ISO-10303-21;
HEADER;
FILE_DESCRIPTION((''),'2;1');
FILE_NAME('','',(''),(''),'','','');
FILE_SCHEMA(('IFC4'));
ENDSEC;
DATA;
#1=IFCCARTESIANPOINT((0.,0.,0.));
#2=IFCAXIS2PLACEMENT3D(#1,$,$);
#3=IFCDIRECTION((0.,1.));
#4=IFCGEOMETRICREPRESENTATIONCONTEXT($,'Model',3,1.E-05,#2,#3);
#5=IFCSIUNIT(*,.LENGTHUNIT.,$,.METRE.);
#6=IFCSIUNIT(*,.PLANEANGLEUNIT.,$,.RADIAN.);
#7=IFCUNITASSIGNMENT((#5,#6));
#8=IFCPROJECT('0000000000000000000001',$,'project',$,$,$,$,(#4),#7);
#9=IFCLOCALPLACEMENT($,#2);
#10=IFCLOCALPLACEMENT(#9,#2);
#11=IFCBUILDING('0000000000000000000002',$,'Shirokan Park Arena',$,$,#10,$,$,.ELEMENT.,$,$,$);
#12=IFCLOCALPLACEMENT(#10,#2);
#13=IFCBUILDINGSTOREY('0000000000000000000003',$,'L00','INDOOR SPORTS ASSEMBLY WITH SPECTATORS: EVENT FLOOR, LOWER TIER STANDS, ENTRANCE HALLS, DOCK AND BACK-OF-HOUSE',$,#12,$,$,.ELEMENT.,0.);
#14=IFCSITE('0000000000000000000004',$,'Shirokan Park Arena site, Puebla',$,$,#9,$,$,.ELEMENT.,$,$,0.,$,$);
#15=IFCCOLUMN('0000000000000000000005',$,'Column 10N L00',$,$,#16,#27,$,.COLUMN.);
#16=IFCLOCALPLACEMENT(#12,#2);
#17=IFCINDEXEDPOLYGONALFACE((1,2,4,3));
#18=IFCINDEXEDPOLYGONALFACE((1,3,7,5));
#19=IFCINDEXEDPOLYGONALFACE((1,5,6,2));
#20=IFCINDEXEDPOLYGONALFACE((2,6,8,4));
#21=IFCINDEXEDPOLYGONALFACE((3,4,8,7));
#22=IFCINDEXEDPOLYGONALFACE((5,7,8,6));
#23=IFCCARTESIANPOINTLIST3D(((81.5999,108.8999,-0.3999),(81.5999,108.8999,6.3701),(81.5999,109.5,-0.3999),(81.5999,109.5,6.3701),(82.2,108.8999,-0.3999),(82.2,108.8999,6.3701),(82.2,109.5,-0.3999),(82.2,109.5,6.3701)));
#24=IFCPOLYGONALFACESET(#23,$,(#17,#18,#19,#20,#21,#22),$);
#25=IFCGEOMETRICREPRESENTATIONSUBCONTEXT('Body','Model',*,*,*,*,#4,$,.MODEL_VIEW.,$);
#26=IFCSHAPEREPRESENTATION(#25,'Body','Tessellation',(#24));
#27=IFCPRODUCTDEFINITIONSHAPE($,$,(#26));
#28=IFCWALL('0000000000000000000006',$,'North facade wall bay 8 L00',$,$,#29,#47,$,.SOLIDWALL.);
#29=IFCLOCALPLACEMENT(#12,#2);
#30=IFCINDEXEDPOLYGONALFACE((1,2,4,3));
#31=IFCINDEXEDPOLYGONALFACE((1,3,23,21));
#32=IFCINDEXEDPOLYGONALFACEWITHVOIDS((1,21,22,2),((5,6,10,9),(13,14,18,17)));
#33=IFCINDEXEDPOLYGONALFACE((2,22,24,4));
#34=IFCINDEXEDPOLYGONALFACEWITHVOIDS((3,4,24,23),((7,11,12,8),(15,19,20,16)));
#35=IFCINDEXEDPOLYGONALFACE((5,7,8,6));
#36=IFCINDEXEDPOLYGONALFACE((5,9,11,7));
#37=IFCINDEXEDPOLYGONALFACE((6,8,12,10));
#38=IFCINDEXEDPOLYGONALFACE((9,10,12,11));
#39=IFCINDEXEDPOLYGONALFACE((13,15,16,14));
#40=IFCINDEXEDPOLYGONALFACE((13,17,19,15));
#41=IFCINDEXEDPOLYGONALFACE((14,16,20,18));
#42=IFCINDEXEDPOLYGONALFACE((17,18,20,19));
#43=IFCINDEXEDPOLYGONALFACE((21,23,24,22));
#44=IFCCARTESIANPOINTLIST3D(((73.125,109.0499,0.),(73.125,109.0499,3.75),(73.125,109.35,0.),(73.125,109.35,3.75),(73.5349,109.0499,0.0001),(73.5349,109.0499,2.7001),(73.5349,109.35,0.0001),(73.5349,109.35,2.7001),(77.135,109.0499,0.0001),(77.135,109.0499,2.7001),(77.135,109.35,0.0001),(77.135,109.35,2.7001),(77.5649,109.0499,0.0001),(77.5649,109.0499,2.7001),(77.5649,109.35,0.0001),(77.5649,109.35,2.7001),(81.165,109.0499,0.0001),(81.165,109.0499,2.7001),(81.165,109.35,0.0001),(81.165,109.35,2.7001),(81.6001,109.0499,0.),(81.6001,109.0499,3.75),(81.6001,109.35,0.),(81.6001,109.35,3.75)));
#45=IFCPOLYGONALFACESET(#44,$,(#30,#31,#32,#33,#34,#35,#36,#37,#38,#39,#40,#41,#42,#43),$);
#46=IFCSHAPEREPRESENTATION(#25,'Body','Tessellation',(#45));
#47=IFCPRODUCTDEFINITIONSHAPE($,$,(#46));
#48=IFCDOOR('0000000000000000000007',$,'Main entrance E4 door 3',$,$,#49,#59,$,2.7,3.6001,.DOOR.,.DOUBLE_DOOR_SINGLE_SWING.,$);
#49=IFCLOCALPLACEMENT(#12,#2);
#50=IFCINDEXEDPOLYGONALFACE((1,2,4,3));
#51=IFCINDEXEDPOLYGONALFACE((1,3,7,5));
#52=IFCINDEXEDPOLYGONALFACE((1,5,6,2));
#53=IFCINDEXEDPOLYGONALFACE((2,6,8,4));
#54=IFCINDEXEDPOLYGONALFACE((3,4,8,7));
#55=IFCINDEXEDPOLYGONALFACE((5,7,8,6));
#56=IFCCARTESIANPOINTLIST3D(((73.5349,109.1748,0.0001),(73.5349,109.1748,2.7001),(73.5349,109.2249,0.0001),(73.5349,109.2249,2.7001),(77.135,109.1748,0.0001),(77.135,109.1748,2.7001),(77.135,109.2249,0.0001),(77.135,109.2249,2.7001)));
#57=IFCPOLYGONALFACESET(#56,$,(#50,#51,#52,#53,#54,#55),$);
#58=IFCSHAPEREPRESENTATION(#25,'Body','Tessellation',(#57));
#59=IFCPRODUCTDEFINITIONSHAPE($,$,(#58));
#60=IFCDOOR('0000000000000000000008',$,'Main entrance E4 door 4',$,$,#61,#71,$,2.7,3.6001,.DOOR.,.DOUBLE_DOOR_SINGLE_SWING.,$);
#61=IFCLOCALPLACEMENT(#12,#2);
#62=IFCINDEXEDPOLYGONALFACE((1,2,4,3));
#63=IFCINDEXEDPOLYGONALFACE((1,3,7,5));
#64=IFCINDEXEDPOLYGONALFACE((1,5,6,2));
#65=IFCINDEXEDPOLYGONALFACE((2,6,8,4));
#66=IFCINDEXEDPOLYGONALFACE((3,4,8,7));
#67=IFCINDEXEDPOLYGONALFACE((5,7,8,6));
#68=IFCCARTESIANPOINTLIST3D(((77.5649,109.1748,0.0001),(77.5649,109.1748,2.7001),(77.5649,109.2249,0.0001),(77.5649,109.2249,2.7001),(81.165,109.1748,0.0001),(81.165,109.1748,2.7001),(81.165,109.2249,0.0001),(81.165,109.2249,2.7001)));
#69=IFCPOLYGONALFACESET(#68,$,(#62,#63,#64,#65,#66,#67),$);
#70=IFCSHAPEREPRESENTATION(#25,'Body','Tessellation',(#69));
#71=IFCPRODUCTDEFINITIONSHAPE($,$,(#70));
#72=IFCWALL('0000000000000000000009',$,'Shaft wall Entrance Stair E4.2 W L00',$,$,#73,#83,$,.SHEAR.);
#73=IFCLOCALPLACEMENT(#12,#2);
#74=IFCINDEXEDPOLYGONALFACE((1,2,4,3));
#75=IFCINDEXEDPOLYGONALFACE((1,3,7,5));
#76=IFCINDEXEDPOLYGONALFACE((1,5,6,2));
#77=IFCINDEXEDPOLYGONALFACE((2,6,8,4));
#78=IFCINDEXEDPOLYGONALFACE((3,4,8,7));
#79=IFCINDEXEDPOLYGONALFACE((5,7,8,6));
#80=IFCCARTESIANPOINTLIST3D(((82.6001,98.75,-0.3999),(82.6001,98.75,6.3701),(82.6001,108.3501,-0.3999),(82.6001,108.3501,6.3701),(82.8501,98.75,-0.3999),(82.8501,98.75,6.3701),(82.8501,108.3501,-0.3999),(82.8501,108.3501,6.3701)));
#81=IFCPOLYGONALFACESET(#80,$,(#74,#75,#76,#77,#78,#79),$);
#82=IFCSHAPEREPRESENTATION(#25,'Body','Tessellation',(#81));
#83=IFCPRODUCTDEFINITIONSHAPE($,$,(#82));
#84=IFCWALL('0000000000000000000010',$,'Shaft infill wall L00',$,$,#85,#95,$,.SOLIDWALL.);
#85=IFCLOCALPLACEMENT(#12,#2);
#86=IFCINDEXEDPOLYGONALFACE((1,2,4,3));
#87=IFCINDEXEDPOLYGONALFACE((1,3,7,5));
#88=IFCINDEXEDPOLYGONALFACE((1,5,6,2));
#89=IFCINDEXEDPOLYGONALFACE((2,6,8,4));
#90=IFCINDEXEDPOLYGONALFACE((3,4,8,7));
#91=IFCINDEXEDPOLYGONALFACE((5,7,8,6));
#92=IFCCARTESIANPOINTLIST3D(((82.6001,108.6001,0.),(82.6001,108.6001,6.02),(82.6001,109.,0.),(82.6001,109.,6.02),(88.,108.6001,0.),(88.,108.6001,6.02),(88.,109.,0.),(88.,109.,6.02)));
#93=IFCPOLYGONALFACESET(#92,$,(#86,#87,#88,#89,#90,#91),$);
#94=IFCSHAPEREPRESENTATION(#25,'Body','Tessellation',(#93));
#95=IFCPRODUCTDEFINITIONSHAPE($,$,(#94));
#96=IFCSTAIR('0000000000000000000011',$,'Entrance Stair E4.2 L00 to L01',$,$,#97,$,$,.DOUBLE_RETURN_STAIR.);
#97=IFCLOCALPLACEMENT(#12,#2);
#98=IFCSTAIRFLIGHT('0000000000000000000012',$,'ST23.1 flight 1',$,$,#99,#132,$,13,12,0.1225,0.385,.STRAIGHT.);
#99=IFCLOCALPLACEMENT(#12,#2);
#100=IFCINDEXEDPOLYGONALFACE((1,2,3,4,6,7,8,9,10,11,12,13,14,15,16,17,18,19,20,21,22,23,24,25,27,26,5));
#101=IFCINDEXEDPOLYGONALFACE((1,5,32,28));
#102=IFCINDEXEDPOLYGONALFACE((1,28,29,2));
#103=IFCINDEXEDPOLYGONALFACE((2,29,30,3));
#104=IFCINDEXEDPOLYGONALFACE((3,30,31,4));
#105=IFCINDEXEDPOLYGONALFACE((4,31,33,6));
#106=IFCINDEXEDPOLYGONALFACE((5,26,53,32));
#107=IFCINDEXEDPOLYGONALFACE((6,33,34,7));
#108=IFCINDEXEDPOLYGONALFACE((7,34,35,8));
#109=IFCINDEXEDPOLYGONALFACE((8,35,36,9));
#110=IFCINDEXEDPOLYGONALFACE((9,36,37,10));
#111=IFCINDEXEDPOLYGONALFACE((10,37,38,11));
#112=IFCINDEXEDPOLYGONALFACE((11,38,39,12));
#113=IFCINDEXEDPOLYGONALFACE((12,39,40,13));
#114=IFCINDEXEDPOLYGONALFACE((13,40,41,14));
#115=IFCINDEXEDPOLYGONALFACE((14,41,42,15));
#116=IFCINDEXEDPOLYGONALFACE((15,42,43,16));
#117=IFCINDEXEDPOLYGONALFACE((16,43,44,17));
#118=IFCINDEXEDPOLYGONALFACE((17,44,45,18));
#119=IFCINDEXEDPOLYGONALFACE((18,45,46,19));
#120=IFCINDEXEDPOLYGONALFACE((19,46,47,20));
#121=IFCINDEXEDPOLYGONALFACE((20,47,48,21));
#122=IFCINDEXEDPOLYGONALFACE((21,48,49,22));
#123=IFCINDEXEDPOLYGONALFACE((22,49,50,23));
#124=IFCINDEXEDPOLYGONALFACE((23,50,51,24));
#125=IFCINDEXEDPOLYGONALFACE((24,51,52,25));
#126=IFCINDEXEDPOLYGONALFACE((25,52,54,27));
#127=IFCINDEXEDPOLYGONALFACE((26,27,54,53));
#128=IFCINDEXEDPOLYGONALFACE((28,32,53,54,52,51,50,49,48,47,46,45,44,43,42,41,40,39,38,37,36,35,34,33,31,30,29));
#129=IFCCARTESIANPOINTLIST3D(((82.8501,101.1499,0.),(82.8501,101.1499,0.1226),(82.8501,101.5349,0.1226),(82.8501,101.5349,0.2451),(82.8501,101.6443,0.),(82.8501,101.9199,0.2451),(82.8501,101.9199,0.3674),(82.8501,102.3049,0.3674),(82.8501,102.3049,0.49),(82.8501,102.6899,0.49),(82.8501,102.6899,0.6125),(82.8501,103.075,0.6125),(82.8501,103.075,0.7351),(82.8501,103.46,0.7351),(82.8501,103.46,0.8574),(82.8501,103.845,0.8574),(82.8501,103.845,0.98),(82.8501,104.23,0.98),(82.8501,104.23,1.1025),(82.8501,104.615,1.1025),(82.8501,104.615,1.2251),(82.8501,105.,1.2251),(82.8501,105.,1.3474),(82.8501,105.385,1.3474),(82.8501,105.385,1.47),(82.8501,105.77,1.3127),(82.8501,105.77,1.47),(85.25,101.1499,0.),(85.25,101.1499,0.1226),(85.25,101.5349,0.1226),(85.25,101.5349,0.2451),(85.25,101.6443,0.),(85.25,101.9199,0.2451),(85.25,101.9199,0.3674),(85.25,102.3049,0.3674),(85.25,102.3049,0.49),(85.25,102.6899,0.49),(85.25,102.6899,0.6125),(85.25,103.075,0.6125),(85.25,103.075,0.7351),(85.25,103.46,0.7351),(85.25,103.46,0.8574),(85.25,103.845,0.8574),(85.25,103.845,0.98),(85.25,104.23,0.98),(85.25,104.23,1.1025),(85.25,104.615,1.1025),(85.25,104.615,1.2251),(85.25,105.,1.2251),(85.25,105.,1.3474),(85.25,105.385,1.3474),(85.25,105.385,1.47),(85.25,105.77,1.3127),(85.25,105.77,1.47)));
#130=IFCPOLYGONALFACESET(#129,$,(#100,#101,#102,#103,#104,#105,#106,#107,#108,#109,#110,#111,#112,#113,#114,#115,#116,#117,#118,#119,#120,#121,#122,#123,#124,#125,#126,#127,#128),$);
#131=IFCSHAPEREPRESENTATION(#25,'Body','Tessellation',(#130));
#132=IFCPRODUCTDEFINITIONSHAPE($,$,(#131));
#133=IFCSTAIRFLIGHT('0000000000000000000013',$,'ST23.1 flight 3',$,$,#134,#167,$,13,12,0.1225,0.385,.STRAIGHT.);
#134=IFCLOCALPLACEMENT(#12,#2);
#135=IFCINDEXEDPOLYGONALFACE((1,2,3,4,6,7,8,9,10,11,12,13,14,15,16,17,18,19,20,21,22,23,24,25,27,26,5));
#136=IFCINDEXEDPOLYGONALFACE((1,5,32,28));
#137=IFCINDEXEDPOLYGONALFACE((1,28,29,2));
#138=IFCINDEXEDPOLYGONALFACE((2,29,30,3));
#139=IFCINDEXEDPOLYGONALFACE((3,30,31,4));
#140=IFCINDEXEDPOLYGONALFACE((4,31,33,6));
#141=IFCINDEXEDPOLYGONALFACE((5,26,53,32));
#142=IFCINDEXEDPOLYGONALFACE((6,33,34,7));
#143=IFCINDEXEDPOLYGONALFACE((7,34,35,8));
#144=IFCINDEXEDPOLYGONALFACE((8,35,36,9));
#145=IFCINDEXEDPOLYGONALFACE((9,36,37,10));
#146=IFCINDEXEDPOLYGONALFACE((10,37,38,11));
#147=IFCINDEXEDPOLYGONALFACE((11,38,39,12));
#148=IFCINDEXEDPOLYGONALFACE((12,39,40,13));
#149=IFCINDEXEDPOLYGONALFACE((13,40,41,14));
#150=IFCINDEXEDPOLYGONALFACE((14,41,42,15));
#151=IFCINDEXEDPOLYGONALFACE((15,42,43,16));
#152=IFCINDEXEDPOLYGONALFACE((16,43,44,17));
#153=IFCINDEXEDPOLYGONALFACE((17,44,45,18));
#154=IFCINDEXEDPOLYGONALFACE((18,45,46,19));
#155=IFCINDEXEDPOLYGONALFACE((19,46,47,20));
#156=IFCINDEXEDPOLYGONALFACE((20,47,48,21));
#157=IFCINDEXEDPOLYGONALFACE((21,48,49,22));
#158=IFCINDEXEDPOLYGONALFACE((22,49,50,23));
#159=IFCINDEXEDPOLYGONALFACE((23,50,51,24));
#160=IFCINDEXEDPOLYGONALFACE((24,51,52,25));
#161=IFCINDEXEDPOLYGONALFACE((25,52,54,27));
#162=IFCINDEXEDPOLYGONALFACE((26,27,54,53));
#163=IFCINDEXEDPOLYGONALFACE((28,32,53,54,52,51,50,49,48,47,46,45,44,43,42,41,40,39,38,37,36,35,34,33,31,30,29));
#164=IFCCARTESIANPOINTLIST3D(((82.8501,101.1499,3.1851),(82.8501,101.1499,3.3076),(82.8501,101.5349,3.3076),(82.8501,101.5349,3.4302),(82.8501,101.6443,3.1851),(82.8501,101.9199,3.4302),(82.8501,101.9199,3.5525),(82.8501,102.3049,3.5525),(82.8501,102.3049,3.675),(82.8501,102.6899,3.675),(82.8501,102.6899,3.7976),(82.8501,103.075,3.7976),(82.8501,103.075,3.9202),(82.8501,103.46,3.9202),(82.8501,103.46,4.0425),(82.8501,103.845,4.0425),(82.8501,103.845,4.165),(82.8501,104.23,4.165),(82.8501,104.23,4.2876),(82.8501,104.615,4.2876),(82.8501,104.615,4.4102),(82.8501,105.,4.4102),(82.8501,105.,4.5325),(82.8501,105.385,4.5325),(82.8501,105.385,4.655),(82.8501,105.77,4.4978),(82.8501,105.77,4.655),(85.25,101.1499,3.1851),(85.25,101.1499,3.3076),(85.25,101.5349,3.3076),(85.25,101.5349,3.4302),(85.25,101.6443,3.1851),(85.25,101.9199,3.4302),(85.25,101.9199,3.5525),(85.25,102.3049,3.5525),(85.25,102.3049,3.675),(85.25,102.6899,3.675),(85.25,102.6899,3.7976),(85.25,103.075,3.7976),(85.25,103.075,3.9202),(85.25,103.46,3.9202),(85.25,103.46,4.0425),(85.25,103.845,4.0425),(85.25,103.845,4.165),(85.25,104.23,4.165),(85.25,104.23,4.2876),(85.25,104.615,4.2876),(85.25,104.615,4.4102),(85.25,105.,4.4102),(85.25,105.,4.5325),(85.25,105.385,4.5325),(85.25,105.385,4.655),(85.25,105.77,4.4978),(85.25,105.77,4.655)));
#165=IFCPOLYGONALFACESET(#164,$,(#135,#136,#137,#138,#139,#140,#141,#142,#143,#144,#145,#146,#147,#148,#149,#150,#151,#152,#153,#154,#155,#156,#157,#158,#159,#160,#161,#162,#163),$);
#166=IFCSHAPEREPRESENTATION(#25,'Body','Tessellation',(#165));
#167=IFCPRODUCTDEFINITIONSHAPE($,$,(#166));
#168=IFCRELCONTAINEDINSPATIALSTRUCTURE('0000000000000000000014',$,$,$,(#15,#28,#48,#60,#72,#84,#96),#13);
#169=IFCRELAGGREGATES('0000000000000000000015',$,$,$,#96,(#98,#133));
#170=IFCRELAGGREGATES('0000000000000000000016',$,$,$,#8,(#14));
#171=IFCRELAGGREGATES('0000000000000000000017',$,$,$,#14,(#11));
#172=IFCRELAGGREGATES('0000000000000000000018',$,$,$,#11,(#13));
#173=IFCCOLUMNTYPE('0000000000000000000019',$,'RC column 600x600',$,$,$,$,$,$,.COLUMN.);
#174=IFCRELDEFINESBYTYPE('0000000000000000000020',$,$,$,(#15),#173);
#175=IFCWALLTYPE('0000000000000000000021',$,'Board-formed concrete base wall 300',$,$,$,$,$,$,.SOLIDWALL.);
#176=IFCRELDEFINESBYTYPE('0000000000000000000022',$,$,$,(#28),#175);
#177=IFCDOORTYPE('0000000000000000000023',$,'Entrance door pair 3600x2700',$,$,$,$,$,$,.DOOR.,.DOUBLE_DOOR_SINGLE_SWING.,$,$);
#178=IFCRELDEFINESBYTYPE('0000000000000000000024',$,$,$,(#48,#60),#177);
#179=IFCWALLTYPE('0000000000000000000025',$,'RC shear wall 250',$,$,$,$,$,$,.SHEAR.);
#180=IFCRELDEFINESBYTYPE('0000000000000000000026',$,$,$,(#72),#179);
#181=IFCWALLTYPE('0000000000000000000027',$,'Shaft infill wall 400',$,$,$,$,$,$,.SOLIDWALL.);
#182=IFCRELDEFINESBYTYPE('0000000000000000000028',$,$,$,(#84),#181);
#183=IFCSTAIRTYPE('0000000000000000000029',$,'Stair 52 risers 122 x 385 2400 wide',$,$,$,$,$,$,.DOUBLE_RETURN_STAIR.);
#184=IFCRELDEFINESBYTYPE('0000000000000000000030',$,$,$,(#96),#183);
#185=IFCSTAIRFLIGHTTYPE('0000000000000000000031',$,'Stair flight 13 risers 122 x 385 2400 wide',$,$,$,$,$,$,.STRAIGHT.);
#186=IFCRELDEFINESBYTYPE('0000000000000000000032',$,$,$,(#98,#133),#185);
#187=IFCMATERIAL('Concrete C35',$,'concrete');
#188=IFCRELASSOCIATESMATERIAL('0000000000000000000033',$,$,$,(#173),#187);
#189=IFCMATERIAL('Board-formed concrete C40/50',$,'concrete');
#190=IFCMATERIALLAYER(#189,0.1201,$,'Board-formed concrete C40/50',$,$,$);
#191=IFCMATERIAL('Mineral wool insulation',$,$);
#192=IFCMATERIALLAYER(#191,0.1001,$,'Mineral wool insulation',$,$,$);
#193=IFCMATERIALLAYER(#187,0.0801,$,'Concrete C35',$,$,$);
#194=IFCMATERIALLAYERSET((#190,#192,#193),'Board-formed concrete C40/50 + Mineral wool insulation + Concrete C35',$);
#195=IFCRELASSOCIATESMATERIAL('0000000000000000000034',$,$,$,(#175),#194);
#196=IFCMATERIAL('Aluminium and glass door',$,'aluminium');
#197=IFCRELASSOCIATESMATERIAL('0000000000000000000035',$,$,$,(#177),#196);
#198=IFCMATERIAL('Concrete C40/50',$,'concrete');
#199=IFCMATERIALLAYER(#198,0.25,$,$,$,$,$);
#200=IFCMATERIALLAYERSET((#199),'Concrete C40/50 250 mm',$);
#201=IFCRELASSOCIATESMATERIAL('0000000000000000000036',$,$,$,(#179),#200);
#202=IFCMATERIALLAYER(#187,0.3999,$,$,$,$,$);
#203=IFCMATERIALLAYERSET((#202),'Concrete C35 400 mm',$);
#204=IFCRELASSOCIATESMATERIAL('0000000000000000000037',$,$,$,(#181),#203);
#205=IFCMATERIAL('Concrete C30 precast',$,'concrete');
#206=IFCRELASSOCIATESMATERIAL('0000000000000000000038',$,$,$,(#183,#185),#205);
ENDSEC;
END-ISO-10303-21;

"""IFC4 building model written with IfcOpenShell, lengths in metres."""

from ifc_helpers import new_model, si_unit, direction, frame, frame_2d, origin, origin_2d, place, context, subcontext, project, spatial, polyline, rectangle, outline, extrude, material, layer, layer_set, material_profile, profile_set, type_object, element, fill, aggregate, save


model = new_model("IFC4")

# Units and contexts
model_context = context("Model", 3, precision=1e-05, world=origin(), true_north=direction((0.0, 1.0)))
body_context = subcontext(model_context, "Body", "Model", "MODEL_VIEW")
ifc_project = project(units=[si_unit("LENGTHUNIT", "METRE"), si_unit("PLANEANGLEUNIT", "RADIAN")], contexts=[model_context])

# Site, building, storey
site_placement = place(None, origin())
site = spatial("IfcSite", under=ifc_project, at=site_placement, Name="Shirokan Park Arena site, Puebla", CompositionType="ELEMENT", RefElevation=0.0)
building_placement = place(site_placement, origin())
building = spatial("IfcBuilding", under=site, at=building_placement, Name="Shirokan Park Arena", CompositionType="ELEMENT")
storey_placement = place(building_placement, origin())
storey = spatial("IfcBuildingStorey", under=building, at=storey_placement, Name="L00", Description="INDOOR SPORTS ASSEMBLY WITH SPECTATORS: EVENT FLOOR, LOWER TIER STANDS, ENTRANCE HALLS, DOCK AND BACK-OF-HOUSE", CompositionType="ELEMENT", Elevation=0.0)

# Column
ifc_material_1 = material(Name="Concrete C35", Category="concrete")
ifc_material_profile_1 = material_profile(ifc_material_1, rectangle(XDim=0.6001, YDim=0.6001, at=origin_2d()), Name="600x600")
ifc_profile_set_1 = profile_set([ifc_material_profile_1], Name="Concrete C35")
column_type_1 = type_object("IfcColumnType", Name="RC column 600x600", PredefinedType="COLUMN", material=ifc_profile_set_1)
column_1_placement = place(storey_placement, frame((81.8999, 109.2, -0.3999), z_axis=(0.0, 0.0, 1.0), x_axis=(1.0, 0.0, 0.0)))
element("IfcColumn", 1, at=column_1_placement, inside=storey, type_object=column_type_1, Name="Column 10N L00", PredefinedType="COLUMN", context=body_context, shape_type="SweptSolid", body=[
    extrude(rectangle(XDim=0.6001, YDim=0.6001, at=origin_2d()), origin(), (0.0, 0.0, 1.0), 6.77),
])

# Wall, openings, doors
ifc_material_2 = material(Name="Board-formed concrete C40/50", Category="concrete")
ifc_layer_1 = layer(ifc_material_2, 0.1201, Name="Board-formed concrete C40/50")
ifc_material_3 = material(Name="Mineral wool insulation")
ifc_layer_2 = layer(ifc_material_3, 0.1001, Name="Mineral wool insulation")
ifc_layer_3 = layer(ifc_material_1, 0.0801, Name="Concrete C35")
ifc_layer_set_1 = layer_set([ifc_layer_1, ifc_layer_2, ifc_layer_3], Name="Board-formed concrete C40/50 + Mineral wool insulation + Concrete C35")
wall_type_1 = type_object("IfcWallType", Name="Board-formed concrete base wall 300", PredefinedType="SOLIDWALL", material=ifc_layer_set_1)
wall_1_placement = place(storey_placement, frame((81.6001, 109.2, 0.0), z_axis=(0.0, 0.0, 1.0), x_axis=(-1.0, 0.0, 0.0)))
wall_1 = element("IfcWall", 2, at=wall_1_placement, inside=storey, type_object=wall_type_1, Name="North facade wall bay 8 L00", PredefinedType="SOLIDWALL", context=body_context, shape_type="SweptSolid", body=[
    extrude(rectangle(XDim=8.4751, YDim=0.3, at=frame_2d((4.2375, 0.0))), origin(), (0.0, 0.0, 1.0), 3.75),
])
opening_1_placement = place(wall_1_placement, frame((4.4651, 0.0, 0.0)))
opening_1 = element("IfcOpeningElement", 3, at=opening_1_placement, cuts=wall_1, PredefinedType="OPENING", context=body_context, shape_type="SweptSolid", body=[
    extrude(rectangle(XDim=3.6001, YDim=2.7, at=frame_2d((1.8, 1.3501))), frame((0.0, 0.1599, 0.0), z_axis=(0.0, -1.0, 0.0), x_axis=(1.0, 0.0, 0.0)), (0.0, 0.0, 1.0), 0.3201),
])
opening_2_placement = place(wall_1_placement, frame((0.4351, 0.0, 0.0)))
opening_2 = element("IfcOpeningElement", 4, at=opening_2_placement, cuts=wall_1, PredefinedType="OPENING", context=body_context, shape_type="SweptSolid", body=[
    extrude(rectangle(XDim=3.6001, YDim=2.7, at=frame_2d((1.8, 1.3501))), frame((0.0, 0.1599, 0.0), z_axis=(0.0, -1.0, 0.0), x_axis=(1.0, 0.0, 0.0)), (0.0, 0.0, 1.0), 0.3201),
])
ifc_material_4 = material(Name="Aluminium and glass door", Category="aluminium")
door_type = type_object("IfcDoorType", Name="Entrance door pair 3600x2700", OperationType="DOUBLE_DOOR_SINGLE_SWING", PredefinedType="DOOR", material=ifc_material_4)
door_1_placement = place(opening_1_placement, frame((3.6001, 0.0, 0.0), z_axis=(0.0, 0.0, 1.0), x_axis=(-1.0, 0.0, 0.0)))
door_1 = element("IfcDoor", 5, at=door_1_placement, inside=storey, type_object=door_type, Name="Main entrance E4 door 3", OperationType="DOUBLE_DOOR_SINGLE_SWING", OverallHeight=2.7, OverallWidth=3.6001, PredefinedType="DOOR", context=body_context, shape_type="SweptSolid", body=[
    extrude(rectangle(XDim=3.6001, YDim=2.7, at=frame_2d((1.8, 1.3501))), frame((0.0, 0.0249, 0.0), z_axis=(0.0, -1.0, 0.0), x_axis=(1.0, 0.0, 0.0)), (0.0, 0.0, 1.0), 0.05),
])
fill(opening_1, door_1)
door_2_placement = place(opening_2_placement, frame((3.6001, 0.0, 0.0), z_axis=(0.0, 0.0, 1.0), x_axis=(-1.0, 0.0, 0.0)))
door_2 = element("IfcDoor", 6, at=door_2_placement, inside=storey, type_object=door_type, Name="Main entrance E4 door 4", OperationType="DOUBLE_DOOR_SINGLE_SWING", OverallHeight=2.7, OverallWidth=3.6001, PredefinedType="DOOR", context=body_context, shape_type="SweptSolid", body=[
    extrude(rectangle(XDim=3.6001, YDim=2.7, at=frame_2d((1.8, 1.3501))), frame((0.0, 0.0249, 0.0), z_axis=(0.0, -1.0, 0.0), x_axis=(1.0, 0.0, 0.0)), (0.0, 0.0, 1.0), 0.05),
])
fill(opening_2, door_2)

# Walls
ifc_material_5 = material(Name="Concrete C40/50", Category="concrete")
ifc_layer_4 = layer(ifc_material_5, 0.25)
ifc_layer_set_2 = layer_set([ifc_layer_4], Name="Concrete C40/50 250 mm")
wall_type_2 = type_object("IfcWallType", Name="RC shear wall 250", PredefinedType="SHEAR", material=ifc_layer_set_2)
wall_2_placement = place(storey_placement, frame((82.7251, 108.3501, -0.3999), z_axis=(0.0, 0.0, 1.0), x_axis=(0.0, -1.0, 0.0)))
element("IfcWall", 7, at=wall_2_placement, inside=storey, type_object=wall_type_2, Name="Shaft wall Entrance Stair E4.2 W L00", PredefinedType="SHEAR", context=body_context, shape_type="SweptSolid", body=[
    extrude(rectangle(XDim=9.6001, YDim=0.25, at=frame_2d((4.8, 0.0))), origin(), (0.0, 0.0, 1.0), 6.77),
])
ifc_layer_5 = layer(ifc_material_1, 0.3999)
ifc_layer_set_3 = layer_set([ifc_layer_5], Name="Concrete C35 400 mm")
wall_type_3 = type_object("IfcWallType", Name="Shaft infill wall 400", PredefinedType="SOLIDWALL", material=ifc_layer_set_3)
wall_3_placement = place(storey_placement, frame((82.6001, 108.8, 0.0), z_axis=(0.0, 0.0, 1.0), x_axis=(1.0, 0.0, 0.0)))
element("IfcWall", 8, at=wall_3_placement, inside=storey, type_object=wall_type_3, Name="Shaft infill wall L00", PredefinedType="SOLIDWALL", context=body_context, shape_type="SweptSolid", body=[
    extrude(rectangle(XDim=5.3999, YDim=0.3999, at=frame_2d((2.7, 0.0))), origin(), (0.0, 0.0, 1.0), 6.02),
])

# Stair, stair flights
ifc_material_6 = material(Name="Concrete C30 precast", Category="concrete")
stair_type = type_object("IfcStairType", Name="Stair 52 risers 122 x 385 2400 wide", PredefinedType="DOUBLE_RETURN_STAIR", material=ifc_material_6)
stair_placement = place(storey_placement, origin())
stair = element("IfcStair", 9, at=stair_placement, inside=storey, type_object=stair_type, Name="Entrance Stair E4.2 L00 to L01", PredefinedType="DOUBLE_RETURN_STAIR")
stair_flight_type = type_object("IfcStairFlightType", Name="Stair flight 13 risers 122 x 385 2400 wide", PredefinedType="STRAIGHT", material=ifc_material_6)
stair_flight_1_placement = place(storey_placement, frame((84.05, 101.1499, 0.0), z_axis=(0.0, 0.0, 1.0), x_axis=(0.0, 1.0, 0.0)))
stair_flight_1 = element("IfcStairFlight", 10, at=stair_flight_1_placement, type_object=stair_flight_type, Name="ST23.1 flight 1", NumberOfRisers=13, NumberOfTreads=12, PredefinedType="STRAIGHT", RiserHeight=0.1225, TreadLength=0.385, context=body_context, shape_type="SweptSolid", body=[
    extrude(outline(polyline([(0.0, 0.0), (0.0, 0.1226), (0.385, 0.1226), (0.385, 0.2451), (0.77, 0.2451), (0.77, 0.3674), (1.155, 0.3674), (1.155, 0.49), (1.54, 0.49), (1.54, 0.6125), (1.925, 0.6125), (1.925, 0.7351), (2.3101, 0.7351), (2.3101, 0.8574), (2.6951, 0.8574), (2.6951, 0.98), (3.0801, 0.98), (3.0801, 1.1025), (3.4651, 1.1025), (3.4651, 1.2251), (3.8501, 1.2251), (3.8501, 1.3474), (4.2351, 1.3474), (4.2351, 1.47), (4.6201, 1.47), (4.6201, 1.5925), (4.6201, 1.3127), (0.4944, 0.0), (0.0, 0.0)])), frame((0.0, 1.2, 0.0), z_axis=(0.0, -1.0, 0.0), x_axis=(1.0, 0.0, 0.0)), (0.0, 0.0, 1.0), 2.3999),
])
stair_flight_2_placement = place(storey_placement, frame((84.05, 101.1499, 3.1851), z_axis=(0.0, 0.0, 1.0), x_axis=(0.0, 1.0, 0.0)))
stair_flight_2 = element("IfcStairFlight", 11, at=stair_flight_2_placement, type_object=stair_flight_type, Name="ST23.1 flight 3", NumberOfRisers=13, NumberOfTreads=12, PredefinedType="STRAIGHT", RiserHeight=0.1225, TreadLength=0.385, context=body_context, shape_type="SweptSolid", body=[
    extrude(outline(polyline([(0.0, 0.0), (0.0, 0.1226), (0.385, 0.1226), (0.385, 0.2451), (0.77, 0.2451), (0.77, 0.3674), (1.155, 0.3674), (1.155, 0.49), (1.54, 0.49), (1.54, 0.6125), (1.925, 0.6125), (1.925, 0.7351), (2.3101, 0.7351), (2.3101, 0.8574), (2.6951, 0.8574), (2.6951, 0.98), (3.0801, 0.98), (3.0801, 1.1025), (3.4651, 1.1025), (3.4651, 1.2251), (3.8501, 1.2251), (3.8501, 1.3474), (4.2351, 1.3474), (4.2351, 1.47), (4.6201, 1.47), (4.6201, 1.5925), (4.6201, 1.3127), (0.4944, 0.0), (0.0, 0.0)])), frame((0.0, 1.2, 0.0), z_axis=(0.0, -1.0, 0.0), x_axis=(1.0, 0.0, 0.0)), (0.0, 0.0, 1.0), 2.3999),
])
aggregate(stair, [stair_flight_1, stair_flight_2])

save(model, "model.ifc")
